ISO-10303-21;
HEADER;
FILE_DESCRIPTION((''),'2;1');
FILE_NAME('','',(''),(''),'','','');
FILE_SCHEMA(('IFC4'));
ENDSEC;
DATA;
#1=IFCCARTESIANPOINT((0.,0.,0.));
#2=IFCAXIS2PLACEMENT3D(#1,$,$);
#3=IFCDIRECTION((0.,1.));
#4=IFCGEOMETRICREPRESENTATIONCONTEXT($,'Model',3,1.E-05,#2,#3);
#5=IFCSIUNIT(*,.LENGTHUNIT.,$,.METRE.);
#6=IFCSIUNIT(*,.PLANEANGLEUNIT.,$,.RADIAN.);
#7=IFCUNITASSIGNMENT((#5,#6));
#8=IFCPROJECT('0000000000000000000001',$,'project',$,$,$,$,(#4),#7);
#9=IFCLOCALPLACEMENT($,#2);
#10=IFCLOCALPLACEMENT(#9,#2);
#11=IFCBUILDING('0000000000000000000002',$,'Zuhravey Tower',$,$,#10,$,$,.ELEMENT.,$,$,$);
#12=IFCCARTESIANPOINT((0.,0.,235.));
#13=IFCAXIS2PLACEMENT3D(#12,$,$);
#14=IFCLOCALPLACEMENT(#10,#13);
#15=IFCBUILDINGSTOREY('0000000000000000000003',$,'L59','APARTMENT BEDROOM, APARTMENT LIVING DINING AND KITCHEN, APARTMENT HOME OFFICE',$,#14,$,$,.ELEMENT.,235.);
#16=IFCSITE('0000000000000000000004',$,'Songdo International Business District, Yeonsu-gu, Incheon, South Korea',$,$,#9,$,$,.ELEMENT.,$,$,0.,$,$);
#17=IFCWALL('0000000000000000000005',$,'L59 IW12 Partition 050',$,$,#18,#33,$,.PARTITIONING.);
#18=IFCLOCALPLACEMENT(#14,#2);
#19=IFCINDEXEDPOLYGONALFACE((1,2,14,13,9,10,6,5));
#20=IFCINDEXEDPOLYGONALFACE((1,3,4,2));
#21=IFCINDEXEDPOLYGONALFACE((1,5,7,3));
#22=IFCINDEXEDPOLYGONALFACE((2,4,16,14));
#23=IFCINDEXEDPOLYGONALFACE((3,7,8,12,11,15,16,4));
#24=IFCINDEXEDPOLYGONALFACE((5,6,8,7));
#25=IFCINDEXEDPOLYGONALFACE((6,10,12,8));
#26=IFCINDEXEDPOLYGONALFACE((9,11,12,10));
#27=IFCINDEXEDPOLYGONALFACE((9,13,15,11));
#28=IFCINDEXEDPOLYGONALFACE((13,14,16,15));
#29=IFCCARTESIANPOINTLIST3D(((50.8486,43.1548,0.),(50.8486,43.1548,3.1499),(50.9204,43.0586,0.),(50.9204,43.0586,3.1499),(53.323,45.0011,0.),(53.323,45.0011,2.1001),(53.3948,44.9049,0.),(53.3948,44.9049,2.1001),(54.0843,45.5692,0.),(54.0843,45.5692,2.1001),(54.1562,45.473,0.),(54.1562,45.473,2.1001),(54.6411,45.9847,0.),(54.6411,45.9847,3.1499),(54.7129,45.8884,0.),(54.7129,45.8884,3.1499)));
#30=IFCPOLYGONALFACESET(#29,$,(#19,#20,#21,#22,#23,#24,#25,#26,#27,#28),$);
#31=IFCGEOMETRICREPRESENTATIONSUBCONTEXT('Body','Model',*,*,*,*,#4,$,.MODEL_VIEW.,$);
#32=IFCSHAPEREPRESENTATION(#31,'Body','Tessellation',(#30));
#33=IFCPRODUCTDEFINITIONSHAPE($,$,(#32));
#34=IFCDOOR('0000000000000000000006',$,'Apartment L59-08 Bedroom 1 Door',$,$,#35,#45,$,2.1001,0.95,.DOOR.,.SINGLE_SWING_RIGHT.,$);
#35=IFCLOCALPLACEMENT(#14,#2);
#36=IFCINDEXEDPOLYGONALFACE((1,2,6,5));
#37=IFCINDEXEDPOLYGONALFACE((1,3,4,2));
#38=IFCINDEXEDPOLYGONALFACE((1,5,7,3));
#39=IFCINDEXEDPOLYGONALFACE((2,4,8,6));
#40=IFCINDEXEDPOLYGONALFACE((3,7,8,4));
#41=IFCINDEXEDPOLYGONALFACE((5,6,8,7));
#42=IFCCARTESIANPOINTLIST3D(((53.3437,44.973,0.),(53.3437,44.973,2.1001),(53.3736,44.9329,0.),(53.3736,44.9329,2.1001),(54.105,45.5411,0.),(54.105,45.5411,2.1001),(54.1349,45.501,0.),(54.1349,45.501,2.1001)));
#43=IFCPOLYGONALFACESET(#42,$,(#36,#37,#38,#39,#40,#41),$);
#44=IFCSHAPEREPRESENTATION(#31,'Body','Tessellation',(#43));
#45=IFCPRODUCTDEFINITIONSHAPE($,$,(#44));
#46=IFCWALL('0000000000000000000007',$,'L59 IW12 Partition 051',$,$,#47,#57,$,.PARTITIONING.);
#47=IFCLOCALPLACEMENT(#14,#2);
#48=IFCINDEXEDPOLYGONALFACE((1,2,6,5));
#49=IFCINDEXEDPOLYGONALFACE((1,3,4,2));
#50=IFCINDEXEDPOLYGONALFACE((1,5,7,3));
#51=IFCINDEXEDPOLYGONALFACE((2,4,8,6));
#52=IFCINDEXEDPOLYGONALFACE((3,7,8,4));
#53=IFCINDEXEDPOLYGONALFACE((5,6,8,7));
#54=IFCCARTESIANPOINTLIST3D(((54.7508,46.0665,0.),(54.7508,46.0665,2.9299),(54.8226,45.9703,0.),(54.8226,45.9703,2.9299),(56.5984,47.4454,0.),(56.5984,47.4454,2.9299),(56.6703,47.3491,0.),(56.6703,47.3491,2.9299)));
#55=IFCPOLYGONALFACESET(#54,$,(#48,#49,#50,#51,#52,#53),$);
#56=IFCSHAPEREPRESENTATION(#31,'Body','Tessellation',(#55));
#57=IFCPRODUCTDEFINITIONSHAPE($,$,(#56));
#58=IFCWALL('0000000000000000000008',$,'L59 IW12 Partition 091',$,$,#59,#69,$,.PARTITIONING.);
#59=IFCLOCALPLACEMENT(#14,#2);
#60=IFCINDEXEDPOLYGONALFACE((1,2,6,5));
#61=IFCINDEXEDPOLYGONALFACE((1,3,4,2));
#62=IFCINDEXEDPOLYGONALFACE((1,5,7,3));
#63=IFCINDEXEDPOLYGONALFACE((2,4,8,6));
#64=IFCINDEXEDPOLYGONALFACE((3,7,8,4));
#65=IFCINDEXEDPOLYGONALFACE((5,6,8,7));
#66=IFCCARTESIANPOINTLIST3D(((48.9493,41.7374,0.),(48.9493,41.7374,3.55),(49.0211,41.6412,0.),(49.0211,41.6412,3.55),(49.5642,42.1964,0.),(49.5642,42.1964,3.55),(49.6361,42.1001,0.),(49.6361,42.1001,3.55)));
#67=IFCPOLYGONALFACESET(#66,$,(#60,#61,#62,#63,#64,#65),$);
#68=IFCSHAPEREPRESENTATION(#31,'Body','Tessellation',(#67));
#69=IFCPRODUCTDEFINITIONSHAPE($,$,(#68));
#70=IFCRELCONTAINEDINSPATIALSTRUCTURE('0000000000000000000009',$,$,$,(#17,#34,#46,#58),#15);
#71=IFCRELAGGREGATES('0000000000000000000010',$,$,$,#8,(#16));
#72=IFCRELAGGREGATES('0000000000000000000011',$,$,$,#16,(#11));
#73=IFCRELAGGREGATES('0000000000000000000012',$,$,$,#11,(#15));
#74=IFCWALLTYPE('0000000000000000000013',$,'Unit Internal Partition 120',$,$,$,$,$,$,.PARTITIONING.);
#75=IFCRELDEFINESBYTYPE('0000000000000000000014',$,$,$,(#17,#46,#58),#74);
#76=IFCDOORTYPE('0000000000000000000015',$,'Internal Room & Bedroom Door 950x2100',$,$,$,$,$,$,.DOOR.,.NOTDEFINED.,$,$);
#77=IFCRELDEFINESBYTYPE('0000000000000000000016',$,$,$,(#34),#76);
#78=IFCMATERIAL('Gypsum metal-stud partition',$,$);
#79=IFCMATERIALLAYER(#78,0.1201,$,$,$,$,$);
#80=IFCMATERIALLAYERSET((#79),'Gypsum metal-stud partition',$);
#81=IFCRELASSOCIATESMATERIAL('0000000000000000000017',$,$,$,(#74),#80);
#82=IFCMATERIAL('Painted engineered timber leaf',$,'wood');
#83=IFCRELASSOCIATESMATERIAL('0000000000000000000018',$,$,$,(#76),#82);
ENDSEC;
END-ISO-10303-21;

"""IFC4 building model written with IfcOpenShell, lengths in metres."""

from ifc_helpers import new_model, si_unit, direction, frame, frame_2d, origin, place, context, subcontext, project, spatial, rectangle, extrude, material, layer, layer_set, type_object, element, fill, save


model = new_model("IFC4")

# Units and contexts
model_context = context("Model", 3, precision=1e-05, world=origin(), true_north=direction((0.0, 1.0)))
body_context = subcontext(model_context, "Body", "Model", "MODEL_VIEW")
ifc_project = project(units=[si_unit("LENGTHUNIT", "METRE"), si_unit("PLANEANGLEUNIT", "RADIAN")], contexts=[model_context])

# Site, building, storey
site_placement = place(None, origin())
site = spatial("IfcSite", under=ifc_project, at=site_placement, Name="Songdo International Business District, Yeonsu-gu, Incheon, South Korea", CompositionType="ELEMENT", RefElevation=0.0)
building_placement = place(site_placement, origin())
building = spatial("IfcBuilding", under=site, at=building_placement, Name="Zuhravey Tower", CompositionType="ELEMENT")
storey_placement = place(building_placement, frame((0.0, 0.0, 235.0)))
storey = spatial("IfcBuildingStorey", under=building, at=storey_placement, Name="L59", Description="APARTMENT BEDROOM, APARTMENT LIVING DINING AND KITCHEN, APARTMENT HOME OFFICE", CompositionType="ELEMENT", Elevation=235.0)

# Wall, opening, door
ifc_material_1 = material(Name="Gypsum metal-stud partition")
ifc_layer_1 = layer(ifc_material_1, 0.1201)
ifc_layer_set_1 = layer_set([ifc_layer_1], Name="Gypsum metal-stud partition")
wall_type_1 = type_object("IfcWallType", Name="Unit Internal Partition 120", PredefinedType="PARTITIONING", material=ifc_layer_set_1)
ifc_material_2 = material(Name="Painted engineered timber leaf", Category="wood")
door_type_1 = type_object("IfcDoorType", Name="Internal Room & Bedroom Door 950x2100", OperationType="NOTDEFINED", PredefinedType="DOOR", material=ifc_material_2)
wall_1_placement = place(storey_placement, frame((50.8845, 43.1067, 0.0), z_axis=(0.0, 0.0, 1.0), x_axis=(0.801471, 0.598033, 0.0)))
wall_1 = element("IfcWall", 1, at=wall_1_placement, inside=storey, type_object=wall_type_1, Name="L59 IW12 Partition 050", PredefinedType="PARTITIONING", context=body_context, shape_type="SweptSolid", body=[
    extrude(rectangle(XDim=4.7319, YDim=0.1201, at=frame_2d((2.366, 0.0))), origin(), (0.0, 0.0, 1.0), 3.1499),
])
opening_1_placement = place(wall_1_placement, frame((3.0872, 0.0, 0.0)))
opening_1 = element("IfcOpeningElement", 2, at=opening_1_placement, cuts=wall_1, PredefinedType="OPENING", context=body_context, shape_type="SweptSolid", body=[
    extrude(rectangle(XDim=0.95, YDim=2.1001, at=frame_2d((0.4751, 1.05))), frame((0.0, 0.072, 0.0), z_axis=(0.0, -1.0, 0.0), x_axis=(1.0, 0.0, 0.0)), (0.0, 0.0, 1.0), 0.144),
])
door_1_placement = place(opening_1_placement, frame((0.95, 0.0, 0.0), z_axis=(0.0, 0.0, 1.0), x_axis=(-1.0, 0.0, 0.0)))
door_1 = element("IfcDoor", 3, at=door_1_placement, inside=storey, type_object=door_type_1, Name="Apartment L59-08 Bedroom 1 Door", OperationType="SINGLE_SWING_RIGHT", OverallHeight=2.1001, OverallWidth=0.95, PredefinedType="DOOR", context=body_context, shape_type="SweptSolid", body=[
    extrude(rectangle(XDim=0.95, YDim=2.1001, at=frame_2d((0.4751, 1.05))), frame((0.0, 0.0249, 0.0), z_axis=(0.0, -1.0, 0.0), x_axis=(1.0, 0.0, 0.0)), (0.0, 0.0, 1.0), 0.05),
])
fill(opening_1, door_1)

# Walls
wall_2_placement = place(storey_placement, frame((54.7866, 46.0183, 0.0), z_axis=(0.0, 0.0, 1.0), x_axis=(0.801421, 0.598101, 0.0)))
element("IfcWall", 4, at=wall_2_placement, inside=storey, type_object=wall_type_1, Name="L59 IW12 Partition 051", PredefinedType="PARTITIONING", context=body_context, shape_type="SweptSolid", body=[
    extrude(rectangle(XDim=2.3054, YDim=0.1201, at=frame_2d((1.1528, 0.0))), origin(), (0.0, 0.0, 1.0), 2.9299),
])
wall_3_placement = place(storey_placement, frame((48.9851, 41.6892, 0.0), z_axis=(0.0, 0.0, 1.0), x_axis=(0.80141, 0.598115, 0.0)))
element("IfcWall", 5, at=wall_3_placement, inside=storey, type_object=wall_type_1, Name="L59 IW12 Partition 091", PredefinedType="PARTITIONING", context=body_context, shape_type="SweptSolid", body=[
    extrude(rectangle(XDim=0.7673, YDim=0.1201, at=frame_2d((0.3838, 0.0))), origin(), (0.0, 0.0, 1.0), 3.55),
])

save(model, "model.ifc")
